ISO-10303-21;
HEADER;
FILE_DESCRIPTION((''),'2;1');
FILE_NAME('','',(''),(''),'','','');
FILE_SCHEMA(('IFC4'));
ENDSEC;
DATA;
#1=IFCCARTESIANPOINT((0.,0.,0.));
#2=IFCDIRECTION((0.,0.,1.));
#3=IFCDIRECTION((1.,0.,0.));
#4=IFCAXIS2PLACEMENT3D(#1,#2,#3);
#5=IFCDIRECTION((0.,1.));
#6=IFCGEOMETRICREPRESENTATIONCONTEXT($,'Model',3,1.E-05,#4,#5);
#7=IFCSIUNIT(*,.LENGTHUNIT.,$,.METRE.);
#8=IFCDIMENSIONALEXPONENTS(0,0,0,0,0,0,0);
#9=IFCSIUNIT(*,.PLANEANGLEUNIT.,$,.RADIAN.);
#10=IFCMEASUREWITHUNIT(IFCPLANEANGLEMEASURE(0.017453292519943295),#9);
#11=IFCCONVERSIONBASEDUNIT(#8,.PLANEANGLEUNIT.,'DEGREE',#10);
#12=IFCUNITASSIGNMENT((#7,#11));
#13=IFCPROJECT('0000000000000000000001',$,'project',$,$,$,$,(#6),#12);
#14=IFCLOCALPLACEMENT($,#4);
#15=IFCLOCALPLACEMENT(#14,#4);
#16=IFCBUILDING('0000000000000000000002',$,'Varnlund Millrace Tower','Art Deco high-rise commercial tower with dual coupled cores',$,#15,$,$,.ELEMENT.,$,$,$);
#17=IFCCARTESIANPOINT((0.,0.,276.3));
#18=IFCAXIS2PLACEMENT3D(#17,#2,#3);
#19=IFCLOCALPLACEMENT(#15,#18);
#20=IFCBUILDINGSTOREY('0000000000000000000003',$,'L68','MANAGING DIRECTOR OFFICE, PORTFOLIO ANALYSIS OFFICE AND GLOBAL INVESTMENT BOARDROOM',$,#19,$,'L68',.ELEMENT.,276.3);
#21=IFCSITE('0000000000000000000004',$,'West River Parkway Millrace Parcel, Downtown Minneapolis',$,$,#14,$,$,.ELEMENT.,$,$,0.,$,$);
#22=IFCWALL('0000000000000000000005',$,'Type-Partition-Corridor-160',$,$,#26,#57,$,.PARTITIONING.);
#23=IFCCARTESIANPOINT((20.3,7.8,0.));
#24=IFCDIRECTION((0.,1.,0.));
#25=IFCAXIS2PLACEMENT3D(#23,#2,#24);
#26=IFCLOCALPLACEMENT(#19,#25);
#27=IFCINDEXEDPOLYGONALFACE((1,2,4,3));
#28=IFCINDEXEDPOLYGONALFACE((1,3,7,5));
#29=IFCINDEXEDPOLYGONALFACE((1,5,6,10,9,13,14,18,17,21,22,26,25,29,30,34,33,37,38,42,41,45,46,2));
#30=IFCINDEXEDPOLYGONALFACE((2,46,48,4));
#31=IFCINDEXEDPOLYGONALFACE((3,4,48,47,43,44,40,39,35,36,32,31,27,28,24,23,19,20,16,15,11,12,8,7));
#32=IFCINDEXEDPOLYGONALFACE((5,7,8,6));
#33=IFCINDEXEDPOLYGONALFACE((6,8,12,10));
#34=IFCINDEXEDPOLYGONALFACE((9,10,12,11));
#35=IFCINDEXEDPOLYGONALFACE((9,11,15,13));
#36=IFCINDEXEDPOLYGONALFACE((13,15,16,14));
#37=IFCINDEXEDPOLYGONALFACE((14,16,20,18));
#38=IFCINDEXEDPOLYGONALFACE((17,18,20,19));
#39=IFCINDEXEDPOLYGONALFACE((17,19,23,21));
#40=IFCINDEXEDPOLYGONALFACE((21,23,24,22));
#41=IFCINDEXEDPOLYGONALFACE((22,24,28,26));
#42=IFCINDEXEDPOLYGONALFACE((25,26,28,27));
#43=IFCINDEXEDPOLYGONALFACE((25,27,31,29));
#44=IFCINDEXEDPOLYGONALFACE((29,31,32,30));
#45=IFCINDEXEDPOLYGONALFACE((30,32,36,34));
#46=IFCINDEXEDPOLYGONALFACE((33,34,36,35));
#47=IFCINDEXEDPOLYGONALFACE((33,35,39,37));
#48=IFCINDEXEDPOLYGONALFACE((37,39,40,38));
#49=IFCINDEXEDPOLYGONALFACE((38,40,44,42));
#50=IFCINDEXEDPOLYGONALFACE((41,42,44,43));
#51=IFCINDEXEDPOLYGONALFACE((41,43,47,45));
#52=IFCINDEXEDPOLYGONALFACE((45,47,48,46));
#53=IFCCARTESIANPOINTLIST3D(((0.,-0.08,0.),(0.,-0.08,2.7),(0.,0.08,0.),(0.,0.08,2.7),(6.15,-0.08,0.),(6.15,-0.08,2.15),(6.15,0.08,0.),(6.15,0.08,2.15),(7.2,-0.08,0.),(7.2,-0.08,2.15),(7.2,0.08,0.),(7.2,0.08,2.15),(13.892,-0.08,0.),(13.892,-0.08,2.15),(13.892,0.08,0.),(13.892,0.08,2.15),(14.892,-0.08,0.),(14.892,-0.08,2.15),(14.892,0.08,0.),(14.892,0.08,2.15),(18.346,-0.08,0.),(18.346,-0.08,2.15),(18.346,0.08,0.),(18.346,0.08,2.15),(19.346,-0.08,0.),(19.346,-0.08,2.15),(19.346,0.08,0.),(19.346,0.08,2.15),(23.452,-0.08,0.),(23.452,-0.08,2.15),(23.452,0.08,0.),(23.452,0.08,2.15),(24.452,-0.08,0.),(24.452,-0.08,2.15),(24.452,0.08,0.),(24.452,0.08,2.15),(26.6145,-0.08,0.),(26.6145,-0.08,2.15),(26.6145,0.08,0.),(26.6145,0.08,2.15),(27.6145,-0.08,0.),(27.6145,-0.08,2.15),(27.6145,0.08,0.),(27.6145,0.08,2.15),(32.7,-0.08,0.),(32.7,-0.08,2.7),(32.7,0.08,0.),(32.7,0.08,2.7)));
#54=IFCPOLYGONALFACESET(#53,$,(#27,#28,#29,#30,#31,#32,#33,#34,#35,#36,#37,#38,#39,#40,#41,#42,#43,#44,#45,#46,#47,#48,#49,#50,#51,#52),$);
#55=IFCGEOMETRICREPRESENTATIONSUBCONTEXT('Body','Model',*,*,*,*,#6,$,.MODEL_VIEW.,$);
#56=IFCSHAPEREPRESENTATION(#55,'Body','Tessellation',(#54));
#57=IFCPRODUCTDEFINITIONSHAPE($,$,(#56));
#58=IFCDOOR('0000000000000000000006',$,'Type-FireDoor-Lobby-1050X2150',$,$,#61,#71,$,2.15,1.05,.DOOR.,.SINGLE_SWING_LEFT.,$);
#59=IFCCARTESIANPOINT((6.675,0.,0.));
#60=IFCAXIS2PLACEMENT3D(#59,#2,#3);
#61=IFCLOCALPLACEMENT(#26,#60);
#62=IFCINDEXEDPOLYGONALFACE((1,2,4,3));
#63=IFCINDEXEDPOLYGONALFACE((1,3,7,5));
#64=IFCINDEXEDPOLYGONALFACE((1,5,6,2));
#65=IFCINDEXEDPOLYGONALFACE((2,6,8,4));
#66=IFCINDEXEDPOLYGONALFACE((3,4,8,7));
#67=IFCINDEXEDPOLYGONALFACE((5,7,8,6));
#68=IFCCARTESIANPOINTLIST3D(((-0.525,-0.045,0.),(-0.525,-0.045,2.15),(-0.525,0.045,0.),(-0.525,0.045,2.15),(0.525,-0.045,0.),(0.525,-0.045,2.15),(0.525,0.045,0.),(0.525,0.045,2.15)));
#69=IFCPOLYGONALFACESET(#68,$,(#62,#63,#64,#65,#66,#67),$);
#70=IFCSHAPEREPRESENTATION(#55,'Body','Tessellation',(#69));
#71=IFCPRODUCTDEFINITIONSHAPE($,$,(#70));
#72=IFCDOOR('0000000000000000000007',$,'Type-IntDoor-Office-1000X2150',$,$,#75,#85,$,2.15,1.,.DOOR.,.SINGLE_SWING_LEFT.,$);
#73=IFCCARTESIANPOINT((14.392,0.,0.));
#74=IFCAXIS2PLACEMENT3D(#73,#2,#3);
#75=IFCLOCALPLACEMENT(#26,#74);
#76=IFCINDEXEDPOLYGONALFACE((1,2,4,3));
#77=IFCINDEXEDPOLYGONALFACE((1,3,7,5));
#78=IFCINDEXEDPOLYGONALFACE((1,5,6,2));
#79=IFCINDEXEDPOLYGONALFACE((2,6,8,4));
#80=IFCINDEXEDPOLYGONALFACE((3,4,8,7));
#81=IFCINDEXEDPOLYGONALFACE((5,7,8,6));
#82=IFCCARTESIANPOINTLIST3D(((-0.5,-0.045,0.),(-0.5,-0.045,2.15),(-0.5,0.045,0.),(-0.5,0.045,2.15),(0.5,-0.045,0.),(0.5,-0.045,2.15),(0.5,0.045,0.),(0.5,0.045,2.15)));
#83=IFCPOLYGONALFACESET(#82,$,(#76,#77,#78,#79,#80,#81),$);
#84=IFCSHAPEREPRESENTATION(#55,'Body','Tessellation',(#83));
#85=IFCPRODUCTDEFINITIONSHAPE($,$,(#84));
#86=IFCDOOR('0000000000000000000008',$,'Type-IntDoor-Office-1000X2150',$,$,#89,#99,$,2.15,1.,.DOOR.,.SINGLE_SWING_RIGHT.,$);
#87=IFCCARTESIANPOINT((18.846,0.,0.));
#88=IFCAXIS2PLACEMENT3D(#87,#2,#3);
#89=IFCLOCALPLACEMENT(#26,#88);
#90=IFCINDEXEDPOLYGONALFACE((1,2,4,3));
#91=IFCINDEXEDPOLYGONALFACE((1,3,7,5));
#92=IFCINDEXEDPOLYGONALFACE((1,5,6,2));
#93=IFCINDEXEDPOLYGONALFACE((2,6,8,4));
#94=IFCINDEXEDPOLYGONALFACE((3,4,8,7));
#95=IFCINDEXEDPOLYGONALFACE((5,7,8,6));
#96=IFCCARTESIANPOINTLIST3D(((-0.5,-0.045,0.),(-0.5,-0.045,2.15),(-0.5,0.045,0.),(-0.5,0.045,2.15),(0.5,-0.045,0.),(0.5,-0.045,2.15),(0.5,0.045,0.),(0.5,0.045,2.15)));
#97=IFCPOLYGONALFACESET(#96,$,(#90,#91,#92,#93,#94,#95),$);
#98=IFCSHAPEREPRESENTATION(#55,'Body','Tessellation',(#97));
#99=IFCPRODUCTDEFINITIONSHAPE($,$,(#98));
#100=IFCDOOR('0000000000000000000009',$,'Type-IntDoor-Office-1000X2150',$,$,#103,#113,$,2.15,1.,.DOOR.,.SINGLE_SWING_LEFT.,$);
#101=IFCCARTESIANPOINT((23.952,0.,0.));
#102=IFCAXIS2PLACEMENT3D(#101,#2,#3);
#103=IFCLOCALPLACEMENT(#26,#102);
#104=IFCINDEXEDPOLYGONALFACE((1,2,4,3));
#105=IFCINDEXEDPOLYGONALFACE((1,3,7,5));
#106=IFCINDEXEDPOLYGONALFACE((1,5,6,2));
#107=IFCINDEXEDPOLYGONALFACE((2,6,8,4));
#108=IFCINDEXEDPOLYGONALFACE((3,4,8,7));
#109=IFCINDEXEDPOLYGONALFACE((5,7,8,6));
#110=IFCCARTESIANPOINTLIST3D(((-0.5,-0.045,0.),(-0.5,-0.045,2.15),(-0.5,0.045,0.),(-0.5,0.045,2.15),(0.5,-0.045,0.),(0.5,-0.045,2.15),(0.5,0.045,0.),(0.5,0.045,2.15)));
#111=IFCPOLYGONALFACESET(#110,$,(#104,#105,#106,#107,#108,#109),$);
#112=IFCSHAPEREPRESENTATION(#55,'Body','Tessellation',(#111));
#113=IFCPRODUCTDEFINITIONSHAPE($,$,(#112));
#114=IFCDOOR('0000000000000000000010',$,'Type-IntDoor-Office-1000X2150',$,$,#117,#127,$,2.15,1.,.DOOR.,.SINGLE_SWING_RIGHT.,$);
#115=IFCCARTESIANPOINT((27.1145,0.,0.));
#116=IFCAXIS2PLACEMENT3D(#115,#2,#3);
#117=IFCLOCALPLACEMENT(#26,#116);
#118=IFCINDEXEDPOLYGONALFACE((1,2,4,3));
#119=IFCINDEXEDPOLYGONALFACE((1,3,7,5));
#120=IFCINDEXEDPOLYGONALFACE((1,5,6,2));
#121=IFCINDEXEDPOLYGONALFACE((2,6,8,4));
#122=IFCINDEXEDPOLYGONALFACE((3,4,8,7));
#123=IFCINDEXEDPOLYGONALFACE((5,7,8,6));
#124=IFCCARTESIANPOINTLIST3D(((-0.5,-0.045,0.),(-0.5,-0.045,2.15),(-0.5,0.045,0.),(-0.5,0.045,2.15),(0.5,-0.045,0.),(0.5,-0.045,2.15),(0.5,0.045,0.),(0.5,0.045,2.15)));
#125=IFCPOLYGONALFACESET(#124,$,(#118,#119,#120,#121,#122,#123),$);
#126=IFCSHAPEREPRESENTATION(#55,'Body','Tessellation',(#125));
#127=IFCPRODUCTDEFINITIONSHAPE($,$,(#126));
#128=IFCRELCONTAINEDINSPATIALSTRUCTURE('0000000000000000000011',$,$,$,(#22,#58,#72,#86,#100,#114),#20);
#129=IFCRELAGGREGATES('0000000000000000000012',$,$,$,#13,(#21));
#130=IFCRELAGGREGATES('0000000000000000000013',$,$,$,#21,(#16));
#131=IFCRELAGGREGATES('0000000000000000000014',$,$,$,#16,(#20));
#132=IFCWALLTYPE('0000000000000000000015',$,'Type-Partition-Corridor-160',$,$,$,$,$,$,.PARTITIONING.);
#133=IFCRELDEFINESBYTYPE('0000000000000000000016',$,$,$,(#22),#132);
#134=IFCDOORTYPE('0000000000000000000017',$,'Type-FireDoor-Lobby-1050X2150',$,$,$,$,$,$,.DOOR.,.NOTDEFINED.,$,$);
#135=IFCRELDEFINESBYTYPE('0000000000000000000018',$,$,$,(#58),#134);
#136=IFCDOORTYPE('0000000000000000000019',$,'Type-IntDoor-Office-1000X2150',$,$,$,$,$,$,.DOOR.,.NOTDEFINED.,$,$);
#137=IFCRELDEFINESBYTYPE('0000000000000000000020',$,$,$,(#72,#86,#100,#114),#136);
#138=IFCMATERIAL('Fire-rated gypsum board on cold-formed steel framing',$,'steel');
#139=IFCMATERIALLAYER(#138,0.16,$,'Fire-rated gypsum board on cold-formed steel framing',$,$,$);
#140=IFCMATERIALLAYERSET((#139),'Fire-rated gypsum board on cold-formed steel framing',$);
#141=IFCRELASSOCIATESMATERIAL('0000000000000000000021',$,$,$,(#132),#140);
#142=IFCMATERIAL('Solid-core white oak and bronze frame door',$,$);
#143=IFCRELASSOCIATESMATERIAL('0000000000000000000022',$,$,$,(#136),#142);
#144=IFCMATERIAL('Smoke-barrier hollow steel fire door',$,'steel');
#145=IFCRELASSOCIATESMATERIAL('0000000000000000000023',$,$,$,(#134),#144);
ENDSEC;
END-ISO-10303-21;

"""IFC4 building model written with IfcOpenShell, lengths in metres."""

from ifc_helpers import new_model, entity, si_unit, converted_unit, direction, frame, origin_with_axes, origin_2d_with_axis, place, context, subcontext, project, spatial, polyline, rectangle, outline, extrude, material, layer, layer_set, type_object, element, fill, save


model = new_model("IFC4")

# Units and contexts
model_context = context("Model", 3, precision=1e-05, world=origin_with_axes(), true_north=direction((0.0, 1.0)))
body_context = subcontext(model_context, "Body", "Model", "MODEL_VIEW")
ifc_project = project(units=[si_unit("LENGTHUNIT", "METRE"), converted_unit("PLANEANGLEUNIT", "DEGREE", entity("IfcPlaneAngleMeasure", 0.017453292519943295), si_unit("PLANEANGLEUNIT", "RADIAN"), dimensions=[0, 0, 0, 0, 0, 0, 0])], contexts=[model_context])

# Site, building, storey
site_placement = place(None, origin_with_axes())
site = spatial("IfcSite", under=ifc_project, at=site_placement, Name="West River Parkway Millrace Parcel, Downtown Minneapolis", CompositionType="ELEMENT", RefElevation=0.0)
building_placement = place(site_placement, origin_with_axes())
building = spatial("IfcBuilding", under=site, at=building_placement, Name="Varnlund Millrace Tower", Description="Art Deco high-rise commercial tower with dual coupled cores", CompositionType="ELEMENT")
storey_placement = place(building_placement, frame((0.0, 0.0, 276.3), z_axis=(0.0, 0.0, 1.0), x_axis=(1.0, 0.0, 0.0)))
storey = spatial("IfcBuildingStorey", under=building, at=storey_placement, Name="L68", Description="MANAGING DIRECTOR OFFICE, PORTFOLIO ANALYSIS OFFICE AND GLOBAL INVESTMENT BOARDROOM", LongName="L68", CompositionType="ELEMENT", Elevation=276.3)

# Shared definitions
ifc_material_1 = material(Name="Fire-rated gypsum board on cold-formed steel framing", Category="steel")
ifc_layer_1 = layer(ifc_material_1, 0.16, Name="Fire-rated gypsum board on cold-formed steel framing")
ifc_layer_set_1 = layer_set([ifc_layer_1], Name="Fire-rated gypsum board on cold-formed steel framing")
wall_type_1 = type_object("IfcWallType", Name="Type-Partition-Corridor-160", PredefinedType="PARTITIONING", material=ifc_layer_set_1)
ifc_material_2 = material(Name="Solid-core white oak and bronze frame door")
door_type_1 = type_object("IfcDoorType", Name="Type-IntDoor-Office-1000X2150", OperationType="NOTDEFINED", PredefinedType="DOOR", material=ifc_material_2)

# Wall, openings, doors
wall_1_placement = place(storey_placement, frame((20.3, 7.8, 0.0), z_axis=(0.0, 0.0, 1.0), x_axis=(0.0, 1.0, 0.0)))
wall_1 = element("IfcWall", 1, at=wall_1_placement, inside=storey, type_object=wall_type_1, Name="Type-Partition-Corridor-160", PredefinedType="PARTITIONING", context=body_context, shape_type="SweptSolid", body=[
    extrude(outline(polyline([(0.0, -0.08), (32.7, -0.08), (32.7, 0.08), (0.0, 0.08), (0.0, -0.08)])), origin_with_axes(), (0.0, 0.0, 1.0), 2.7),
])
opening_1_placement = place(wall_1_placement, frame((14.392, 0.0, 0.0), z_axis=(0.0, 0.0, 1.0), x_axis=(1.0, 0.0, 0.0)))
opening_1 = element("IfcOpeningElement", 2, at=opening_1_placement, cuts=wall_1, PredefinedType="OPENING", context=body_context, shape_type="SweptSolid", body=[
    extrude(rectangle(XDim=1.0, YDim=0.18, at=origin_2d_with_axis()), origin_with_axes(), (0.0, 0.0, 1.0), 2.15),
])
opening_2_placement = place(wall_1_placement, frame((18.846, 0.0, 0.0), z_axis=(0.0, 0.0, 1.0), x_axis=(1.0, 0.0, 0.0)))
opening_2 = element("IfcOpeningElement", 3, at=opening_2_placement, cuts=wall_1, PredefinedType="OPENING", context=body_context, shape_type="SweptSolid", body=[
    extrude(rectangle(XDim=1.0, YDim=0.18, at=origin_2d_with_axis()), origin_with_axes(), (0.0, 0.0, 1.0), 2.15),
])
opening_3_placement = place(wall_1_placement, frame((23.952, 0.0, 0.0), z_axis=(0.0, 0.0, 1.0), x_axis=(1.0, 0.0, 0.0)))
opening_3 = element("IfcOpeningElement", 4, at=opening_3_placement, cuts=wall_1, PredefinedType="OPENING", context=body_context, shape_type="SweptSolid", body=[
    extrude(rectangle(XDim=1.0, YDim=0.18, at=origin_2d_with_axis()), origin_with_axes(), (0.0, 0.0, 1.0), 2.15),
])
opening_4_placement = place(wall_1_placement, frame((27.1145, 0.0, 0.0), z_axis=(0.0, 0.0, 1.0), x_axis=(1.0, 0.0, 0.0)))
opening_4 = element("IfcOpeningElement", 5, at=opening_4_placement, cuts=wall_1, PredefinedType="OPENING", context=body_context, shape_type="SweptSolid", body=[
    extrude(rectangle(XDim=1.0, YDim=0.18, at=origin_2d_with_axis()), origin_with_axes(), (0.0, 0.0, 1.0), 2.15),
])
opening_5_placement = place(wall_1_placement, frame((6.675, 0.0, 0.0), z_axis=(0.0, 0.0, 1.0), x_axis=(1.0, 0.0, 0.0)))
opening_5 = element("IfcOpeningElement", 6, at=opening_5_placement, cuts=wall_1, PredefinedType="OPENING", context=body_context, shape_type="SweptSolid", body=[
    extrude(rectangle(XDim=1.05, YDim=0.18, at=origin_2d_with_axis()), origin_with_axes(), (0.0, 0.0, 1.0), 2.15),
])
ifc_material_3 = material(Name="Smoke-barrier hollow steel fire door", Category="steel")
door_type_2 = type_object("IfcDoorType", Name="Type-FireDoor-Lobby-1050X2150", OperationType="NOTDEFINED", PredefinedType="DOOR", material=ifc_material_3)
door_1_placement = place(wall_1_placement, frame((6.675, 0.0, 0.0), z_axis=(0.0, 0.0, 1.0), x_axis=(1.0, 0.0, 0.0)))
door_1 = element("IfcDoor", 7, at=door_1_placement, inside=storey, type_object=door_type_2, Name="Type-FireDoor-Lobby-1050X2150", OperationType="SINGLE_SWING_LEFT", OverallHeight=2.15, OverallWidth=1.05, PredefinedType="DOOR", context=body_context, shape_type="SweptSolid", body=[
    extrude(rectangle(XDim=1.05, YDim=0.09, at=origin_2d_with_axis()), origin_with_axes(), (0.0, 0.0, 1.0), 2.15),
])
fill(opening_5, door_1)
door_2_placement = place(wall_1_placement, frame((14.392, 0.0, 0.0), z_axis=(0.0, 0.0, 1.0), x_axis=(1.0, 0.0, 0.0)))
door_2 = element("IfcDoor", 8, at=door_2_placement, inside=storey, type_object=door_type_1, Name="Type-IntDoor-Office-1000X2150", OperationType="SINGLE_SWING_LEFT", OverallHeight=2.15, OverallWidth=1.0, PredefinedType="DOOR", context=body_context, shape_type="SweptSolid", body=[
    extrude(rectangle(XDim=1.0, YDim=0.09, at=origin_2d_with_axis()), origin_with_axes(), (0.0, 0.0, 1.0), 2.15),
])
fill(opening_1, door_2)
door_3_placement = place(wall_1_placement, frame((18.846, 0.0, 0.0), z_axis=(0.0, 0.0, 1.0), x_axis=(1.0, 0.0, 0.0)))
door_3 = element("IfcDoor", 9, at=door_3_placement, inside=storey, type_object=door_type_1, Name="Type-IntDoor-Office-1000X2150", OperationType="SINGLE_SWING_RIGHT", OverallHeight=2.15, OverallWidth=1.0, PredefinedType="DOOR", context=body_context, shape_type="SweptSolid", body=[
    extrude(rectangle(XDim=1.0, YDim=0.09, at=origin_2d_with_axis()), origin_with_axes(), (0.0, 0.0, 1.0), 2.15),
])
fill(opening_2, door_3)
door_4_placement = place(wall_1_placement, frame((23.952, 0.0, 0.0), z_axis=(0.0, 0.0, 1.0), x_axis=(1.0, 0.0, 0.0)))
door_4 = element("IfcDoor", 10, at=door_4_placement, inside=storey, type_object=door_type_1, Name="Type-IntDoor-Office-1000X2150", OperationType="SINGLE_SWING_LEFT", OverallHeight=2.15, OverallWidth=1.0, PredefinedType="DOOR", context=body_context, shape_type="SweptSolid", body=[
    extrude(rectangle(XDim=1.0, YDim=0.09, at=origin_2d_with_axis()), origin_with_axes(), (0.0, 0.0, 1.0), 2.15),
])
fill(opening_3, door_4)
door_5_placement = place(wall_1_placement, frame((27.1145, 0.0, 0.0), z_axis=(0.0, 0.0, 1.0), x_axis=(1.0, 0.0, 0.0)))
door_5 = element("IfcDoor", 11, at=door_5_placement, inside=storey, type_object=door_type_1, Name="Type-IntDoor-Office-1000X2150", OperationType="SINGLE_SWING_RIGHT", OverallHeight=2.15, OverallWidth=1.0, PredefinedType="DOOR", context=body_context, shape_type="SweptSolid", body=[
    extrude(rectangle(XDim=1.0, YDim=0.09, at=origin_2d_with_axis()), origin_with_axes(), (0.0, 0.0, 1.0), 2.15),
])
fill(opening_4, door_5)

save(model, "model.ifc")
